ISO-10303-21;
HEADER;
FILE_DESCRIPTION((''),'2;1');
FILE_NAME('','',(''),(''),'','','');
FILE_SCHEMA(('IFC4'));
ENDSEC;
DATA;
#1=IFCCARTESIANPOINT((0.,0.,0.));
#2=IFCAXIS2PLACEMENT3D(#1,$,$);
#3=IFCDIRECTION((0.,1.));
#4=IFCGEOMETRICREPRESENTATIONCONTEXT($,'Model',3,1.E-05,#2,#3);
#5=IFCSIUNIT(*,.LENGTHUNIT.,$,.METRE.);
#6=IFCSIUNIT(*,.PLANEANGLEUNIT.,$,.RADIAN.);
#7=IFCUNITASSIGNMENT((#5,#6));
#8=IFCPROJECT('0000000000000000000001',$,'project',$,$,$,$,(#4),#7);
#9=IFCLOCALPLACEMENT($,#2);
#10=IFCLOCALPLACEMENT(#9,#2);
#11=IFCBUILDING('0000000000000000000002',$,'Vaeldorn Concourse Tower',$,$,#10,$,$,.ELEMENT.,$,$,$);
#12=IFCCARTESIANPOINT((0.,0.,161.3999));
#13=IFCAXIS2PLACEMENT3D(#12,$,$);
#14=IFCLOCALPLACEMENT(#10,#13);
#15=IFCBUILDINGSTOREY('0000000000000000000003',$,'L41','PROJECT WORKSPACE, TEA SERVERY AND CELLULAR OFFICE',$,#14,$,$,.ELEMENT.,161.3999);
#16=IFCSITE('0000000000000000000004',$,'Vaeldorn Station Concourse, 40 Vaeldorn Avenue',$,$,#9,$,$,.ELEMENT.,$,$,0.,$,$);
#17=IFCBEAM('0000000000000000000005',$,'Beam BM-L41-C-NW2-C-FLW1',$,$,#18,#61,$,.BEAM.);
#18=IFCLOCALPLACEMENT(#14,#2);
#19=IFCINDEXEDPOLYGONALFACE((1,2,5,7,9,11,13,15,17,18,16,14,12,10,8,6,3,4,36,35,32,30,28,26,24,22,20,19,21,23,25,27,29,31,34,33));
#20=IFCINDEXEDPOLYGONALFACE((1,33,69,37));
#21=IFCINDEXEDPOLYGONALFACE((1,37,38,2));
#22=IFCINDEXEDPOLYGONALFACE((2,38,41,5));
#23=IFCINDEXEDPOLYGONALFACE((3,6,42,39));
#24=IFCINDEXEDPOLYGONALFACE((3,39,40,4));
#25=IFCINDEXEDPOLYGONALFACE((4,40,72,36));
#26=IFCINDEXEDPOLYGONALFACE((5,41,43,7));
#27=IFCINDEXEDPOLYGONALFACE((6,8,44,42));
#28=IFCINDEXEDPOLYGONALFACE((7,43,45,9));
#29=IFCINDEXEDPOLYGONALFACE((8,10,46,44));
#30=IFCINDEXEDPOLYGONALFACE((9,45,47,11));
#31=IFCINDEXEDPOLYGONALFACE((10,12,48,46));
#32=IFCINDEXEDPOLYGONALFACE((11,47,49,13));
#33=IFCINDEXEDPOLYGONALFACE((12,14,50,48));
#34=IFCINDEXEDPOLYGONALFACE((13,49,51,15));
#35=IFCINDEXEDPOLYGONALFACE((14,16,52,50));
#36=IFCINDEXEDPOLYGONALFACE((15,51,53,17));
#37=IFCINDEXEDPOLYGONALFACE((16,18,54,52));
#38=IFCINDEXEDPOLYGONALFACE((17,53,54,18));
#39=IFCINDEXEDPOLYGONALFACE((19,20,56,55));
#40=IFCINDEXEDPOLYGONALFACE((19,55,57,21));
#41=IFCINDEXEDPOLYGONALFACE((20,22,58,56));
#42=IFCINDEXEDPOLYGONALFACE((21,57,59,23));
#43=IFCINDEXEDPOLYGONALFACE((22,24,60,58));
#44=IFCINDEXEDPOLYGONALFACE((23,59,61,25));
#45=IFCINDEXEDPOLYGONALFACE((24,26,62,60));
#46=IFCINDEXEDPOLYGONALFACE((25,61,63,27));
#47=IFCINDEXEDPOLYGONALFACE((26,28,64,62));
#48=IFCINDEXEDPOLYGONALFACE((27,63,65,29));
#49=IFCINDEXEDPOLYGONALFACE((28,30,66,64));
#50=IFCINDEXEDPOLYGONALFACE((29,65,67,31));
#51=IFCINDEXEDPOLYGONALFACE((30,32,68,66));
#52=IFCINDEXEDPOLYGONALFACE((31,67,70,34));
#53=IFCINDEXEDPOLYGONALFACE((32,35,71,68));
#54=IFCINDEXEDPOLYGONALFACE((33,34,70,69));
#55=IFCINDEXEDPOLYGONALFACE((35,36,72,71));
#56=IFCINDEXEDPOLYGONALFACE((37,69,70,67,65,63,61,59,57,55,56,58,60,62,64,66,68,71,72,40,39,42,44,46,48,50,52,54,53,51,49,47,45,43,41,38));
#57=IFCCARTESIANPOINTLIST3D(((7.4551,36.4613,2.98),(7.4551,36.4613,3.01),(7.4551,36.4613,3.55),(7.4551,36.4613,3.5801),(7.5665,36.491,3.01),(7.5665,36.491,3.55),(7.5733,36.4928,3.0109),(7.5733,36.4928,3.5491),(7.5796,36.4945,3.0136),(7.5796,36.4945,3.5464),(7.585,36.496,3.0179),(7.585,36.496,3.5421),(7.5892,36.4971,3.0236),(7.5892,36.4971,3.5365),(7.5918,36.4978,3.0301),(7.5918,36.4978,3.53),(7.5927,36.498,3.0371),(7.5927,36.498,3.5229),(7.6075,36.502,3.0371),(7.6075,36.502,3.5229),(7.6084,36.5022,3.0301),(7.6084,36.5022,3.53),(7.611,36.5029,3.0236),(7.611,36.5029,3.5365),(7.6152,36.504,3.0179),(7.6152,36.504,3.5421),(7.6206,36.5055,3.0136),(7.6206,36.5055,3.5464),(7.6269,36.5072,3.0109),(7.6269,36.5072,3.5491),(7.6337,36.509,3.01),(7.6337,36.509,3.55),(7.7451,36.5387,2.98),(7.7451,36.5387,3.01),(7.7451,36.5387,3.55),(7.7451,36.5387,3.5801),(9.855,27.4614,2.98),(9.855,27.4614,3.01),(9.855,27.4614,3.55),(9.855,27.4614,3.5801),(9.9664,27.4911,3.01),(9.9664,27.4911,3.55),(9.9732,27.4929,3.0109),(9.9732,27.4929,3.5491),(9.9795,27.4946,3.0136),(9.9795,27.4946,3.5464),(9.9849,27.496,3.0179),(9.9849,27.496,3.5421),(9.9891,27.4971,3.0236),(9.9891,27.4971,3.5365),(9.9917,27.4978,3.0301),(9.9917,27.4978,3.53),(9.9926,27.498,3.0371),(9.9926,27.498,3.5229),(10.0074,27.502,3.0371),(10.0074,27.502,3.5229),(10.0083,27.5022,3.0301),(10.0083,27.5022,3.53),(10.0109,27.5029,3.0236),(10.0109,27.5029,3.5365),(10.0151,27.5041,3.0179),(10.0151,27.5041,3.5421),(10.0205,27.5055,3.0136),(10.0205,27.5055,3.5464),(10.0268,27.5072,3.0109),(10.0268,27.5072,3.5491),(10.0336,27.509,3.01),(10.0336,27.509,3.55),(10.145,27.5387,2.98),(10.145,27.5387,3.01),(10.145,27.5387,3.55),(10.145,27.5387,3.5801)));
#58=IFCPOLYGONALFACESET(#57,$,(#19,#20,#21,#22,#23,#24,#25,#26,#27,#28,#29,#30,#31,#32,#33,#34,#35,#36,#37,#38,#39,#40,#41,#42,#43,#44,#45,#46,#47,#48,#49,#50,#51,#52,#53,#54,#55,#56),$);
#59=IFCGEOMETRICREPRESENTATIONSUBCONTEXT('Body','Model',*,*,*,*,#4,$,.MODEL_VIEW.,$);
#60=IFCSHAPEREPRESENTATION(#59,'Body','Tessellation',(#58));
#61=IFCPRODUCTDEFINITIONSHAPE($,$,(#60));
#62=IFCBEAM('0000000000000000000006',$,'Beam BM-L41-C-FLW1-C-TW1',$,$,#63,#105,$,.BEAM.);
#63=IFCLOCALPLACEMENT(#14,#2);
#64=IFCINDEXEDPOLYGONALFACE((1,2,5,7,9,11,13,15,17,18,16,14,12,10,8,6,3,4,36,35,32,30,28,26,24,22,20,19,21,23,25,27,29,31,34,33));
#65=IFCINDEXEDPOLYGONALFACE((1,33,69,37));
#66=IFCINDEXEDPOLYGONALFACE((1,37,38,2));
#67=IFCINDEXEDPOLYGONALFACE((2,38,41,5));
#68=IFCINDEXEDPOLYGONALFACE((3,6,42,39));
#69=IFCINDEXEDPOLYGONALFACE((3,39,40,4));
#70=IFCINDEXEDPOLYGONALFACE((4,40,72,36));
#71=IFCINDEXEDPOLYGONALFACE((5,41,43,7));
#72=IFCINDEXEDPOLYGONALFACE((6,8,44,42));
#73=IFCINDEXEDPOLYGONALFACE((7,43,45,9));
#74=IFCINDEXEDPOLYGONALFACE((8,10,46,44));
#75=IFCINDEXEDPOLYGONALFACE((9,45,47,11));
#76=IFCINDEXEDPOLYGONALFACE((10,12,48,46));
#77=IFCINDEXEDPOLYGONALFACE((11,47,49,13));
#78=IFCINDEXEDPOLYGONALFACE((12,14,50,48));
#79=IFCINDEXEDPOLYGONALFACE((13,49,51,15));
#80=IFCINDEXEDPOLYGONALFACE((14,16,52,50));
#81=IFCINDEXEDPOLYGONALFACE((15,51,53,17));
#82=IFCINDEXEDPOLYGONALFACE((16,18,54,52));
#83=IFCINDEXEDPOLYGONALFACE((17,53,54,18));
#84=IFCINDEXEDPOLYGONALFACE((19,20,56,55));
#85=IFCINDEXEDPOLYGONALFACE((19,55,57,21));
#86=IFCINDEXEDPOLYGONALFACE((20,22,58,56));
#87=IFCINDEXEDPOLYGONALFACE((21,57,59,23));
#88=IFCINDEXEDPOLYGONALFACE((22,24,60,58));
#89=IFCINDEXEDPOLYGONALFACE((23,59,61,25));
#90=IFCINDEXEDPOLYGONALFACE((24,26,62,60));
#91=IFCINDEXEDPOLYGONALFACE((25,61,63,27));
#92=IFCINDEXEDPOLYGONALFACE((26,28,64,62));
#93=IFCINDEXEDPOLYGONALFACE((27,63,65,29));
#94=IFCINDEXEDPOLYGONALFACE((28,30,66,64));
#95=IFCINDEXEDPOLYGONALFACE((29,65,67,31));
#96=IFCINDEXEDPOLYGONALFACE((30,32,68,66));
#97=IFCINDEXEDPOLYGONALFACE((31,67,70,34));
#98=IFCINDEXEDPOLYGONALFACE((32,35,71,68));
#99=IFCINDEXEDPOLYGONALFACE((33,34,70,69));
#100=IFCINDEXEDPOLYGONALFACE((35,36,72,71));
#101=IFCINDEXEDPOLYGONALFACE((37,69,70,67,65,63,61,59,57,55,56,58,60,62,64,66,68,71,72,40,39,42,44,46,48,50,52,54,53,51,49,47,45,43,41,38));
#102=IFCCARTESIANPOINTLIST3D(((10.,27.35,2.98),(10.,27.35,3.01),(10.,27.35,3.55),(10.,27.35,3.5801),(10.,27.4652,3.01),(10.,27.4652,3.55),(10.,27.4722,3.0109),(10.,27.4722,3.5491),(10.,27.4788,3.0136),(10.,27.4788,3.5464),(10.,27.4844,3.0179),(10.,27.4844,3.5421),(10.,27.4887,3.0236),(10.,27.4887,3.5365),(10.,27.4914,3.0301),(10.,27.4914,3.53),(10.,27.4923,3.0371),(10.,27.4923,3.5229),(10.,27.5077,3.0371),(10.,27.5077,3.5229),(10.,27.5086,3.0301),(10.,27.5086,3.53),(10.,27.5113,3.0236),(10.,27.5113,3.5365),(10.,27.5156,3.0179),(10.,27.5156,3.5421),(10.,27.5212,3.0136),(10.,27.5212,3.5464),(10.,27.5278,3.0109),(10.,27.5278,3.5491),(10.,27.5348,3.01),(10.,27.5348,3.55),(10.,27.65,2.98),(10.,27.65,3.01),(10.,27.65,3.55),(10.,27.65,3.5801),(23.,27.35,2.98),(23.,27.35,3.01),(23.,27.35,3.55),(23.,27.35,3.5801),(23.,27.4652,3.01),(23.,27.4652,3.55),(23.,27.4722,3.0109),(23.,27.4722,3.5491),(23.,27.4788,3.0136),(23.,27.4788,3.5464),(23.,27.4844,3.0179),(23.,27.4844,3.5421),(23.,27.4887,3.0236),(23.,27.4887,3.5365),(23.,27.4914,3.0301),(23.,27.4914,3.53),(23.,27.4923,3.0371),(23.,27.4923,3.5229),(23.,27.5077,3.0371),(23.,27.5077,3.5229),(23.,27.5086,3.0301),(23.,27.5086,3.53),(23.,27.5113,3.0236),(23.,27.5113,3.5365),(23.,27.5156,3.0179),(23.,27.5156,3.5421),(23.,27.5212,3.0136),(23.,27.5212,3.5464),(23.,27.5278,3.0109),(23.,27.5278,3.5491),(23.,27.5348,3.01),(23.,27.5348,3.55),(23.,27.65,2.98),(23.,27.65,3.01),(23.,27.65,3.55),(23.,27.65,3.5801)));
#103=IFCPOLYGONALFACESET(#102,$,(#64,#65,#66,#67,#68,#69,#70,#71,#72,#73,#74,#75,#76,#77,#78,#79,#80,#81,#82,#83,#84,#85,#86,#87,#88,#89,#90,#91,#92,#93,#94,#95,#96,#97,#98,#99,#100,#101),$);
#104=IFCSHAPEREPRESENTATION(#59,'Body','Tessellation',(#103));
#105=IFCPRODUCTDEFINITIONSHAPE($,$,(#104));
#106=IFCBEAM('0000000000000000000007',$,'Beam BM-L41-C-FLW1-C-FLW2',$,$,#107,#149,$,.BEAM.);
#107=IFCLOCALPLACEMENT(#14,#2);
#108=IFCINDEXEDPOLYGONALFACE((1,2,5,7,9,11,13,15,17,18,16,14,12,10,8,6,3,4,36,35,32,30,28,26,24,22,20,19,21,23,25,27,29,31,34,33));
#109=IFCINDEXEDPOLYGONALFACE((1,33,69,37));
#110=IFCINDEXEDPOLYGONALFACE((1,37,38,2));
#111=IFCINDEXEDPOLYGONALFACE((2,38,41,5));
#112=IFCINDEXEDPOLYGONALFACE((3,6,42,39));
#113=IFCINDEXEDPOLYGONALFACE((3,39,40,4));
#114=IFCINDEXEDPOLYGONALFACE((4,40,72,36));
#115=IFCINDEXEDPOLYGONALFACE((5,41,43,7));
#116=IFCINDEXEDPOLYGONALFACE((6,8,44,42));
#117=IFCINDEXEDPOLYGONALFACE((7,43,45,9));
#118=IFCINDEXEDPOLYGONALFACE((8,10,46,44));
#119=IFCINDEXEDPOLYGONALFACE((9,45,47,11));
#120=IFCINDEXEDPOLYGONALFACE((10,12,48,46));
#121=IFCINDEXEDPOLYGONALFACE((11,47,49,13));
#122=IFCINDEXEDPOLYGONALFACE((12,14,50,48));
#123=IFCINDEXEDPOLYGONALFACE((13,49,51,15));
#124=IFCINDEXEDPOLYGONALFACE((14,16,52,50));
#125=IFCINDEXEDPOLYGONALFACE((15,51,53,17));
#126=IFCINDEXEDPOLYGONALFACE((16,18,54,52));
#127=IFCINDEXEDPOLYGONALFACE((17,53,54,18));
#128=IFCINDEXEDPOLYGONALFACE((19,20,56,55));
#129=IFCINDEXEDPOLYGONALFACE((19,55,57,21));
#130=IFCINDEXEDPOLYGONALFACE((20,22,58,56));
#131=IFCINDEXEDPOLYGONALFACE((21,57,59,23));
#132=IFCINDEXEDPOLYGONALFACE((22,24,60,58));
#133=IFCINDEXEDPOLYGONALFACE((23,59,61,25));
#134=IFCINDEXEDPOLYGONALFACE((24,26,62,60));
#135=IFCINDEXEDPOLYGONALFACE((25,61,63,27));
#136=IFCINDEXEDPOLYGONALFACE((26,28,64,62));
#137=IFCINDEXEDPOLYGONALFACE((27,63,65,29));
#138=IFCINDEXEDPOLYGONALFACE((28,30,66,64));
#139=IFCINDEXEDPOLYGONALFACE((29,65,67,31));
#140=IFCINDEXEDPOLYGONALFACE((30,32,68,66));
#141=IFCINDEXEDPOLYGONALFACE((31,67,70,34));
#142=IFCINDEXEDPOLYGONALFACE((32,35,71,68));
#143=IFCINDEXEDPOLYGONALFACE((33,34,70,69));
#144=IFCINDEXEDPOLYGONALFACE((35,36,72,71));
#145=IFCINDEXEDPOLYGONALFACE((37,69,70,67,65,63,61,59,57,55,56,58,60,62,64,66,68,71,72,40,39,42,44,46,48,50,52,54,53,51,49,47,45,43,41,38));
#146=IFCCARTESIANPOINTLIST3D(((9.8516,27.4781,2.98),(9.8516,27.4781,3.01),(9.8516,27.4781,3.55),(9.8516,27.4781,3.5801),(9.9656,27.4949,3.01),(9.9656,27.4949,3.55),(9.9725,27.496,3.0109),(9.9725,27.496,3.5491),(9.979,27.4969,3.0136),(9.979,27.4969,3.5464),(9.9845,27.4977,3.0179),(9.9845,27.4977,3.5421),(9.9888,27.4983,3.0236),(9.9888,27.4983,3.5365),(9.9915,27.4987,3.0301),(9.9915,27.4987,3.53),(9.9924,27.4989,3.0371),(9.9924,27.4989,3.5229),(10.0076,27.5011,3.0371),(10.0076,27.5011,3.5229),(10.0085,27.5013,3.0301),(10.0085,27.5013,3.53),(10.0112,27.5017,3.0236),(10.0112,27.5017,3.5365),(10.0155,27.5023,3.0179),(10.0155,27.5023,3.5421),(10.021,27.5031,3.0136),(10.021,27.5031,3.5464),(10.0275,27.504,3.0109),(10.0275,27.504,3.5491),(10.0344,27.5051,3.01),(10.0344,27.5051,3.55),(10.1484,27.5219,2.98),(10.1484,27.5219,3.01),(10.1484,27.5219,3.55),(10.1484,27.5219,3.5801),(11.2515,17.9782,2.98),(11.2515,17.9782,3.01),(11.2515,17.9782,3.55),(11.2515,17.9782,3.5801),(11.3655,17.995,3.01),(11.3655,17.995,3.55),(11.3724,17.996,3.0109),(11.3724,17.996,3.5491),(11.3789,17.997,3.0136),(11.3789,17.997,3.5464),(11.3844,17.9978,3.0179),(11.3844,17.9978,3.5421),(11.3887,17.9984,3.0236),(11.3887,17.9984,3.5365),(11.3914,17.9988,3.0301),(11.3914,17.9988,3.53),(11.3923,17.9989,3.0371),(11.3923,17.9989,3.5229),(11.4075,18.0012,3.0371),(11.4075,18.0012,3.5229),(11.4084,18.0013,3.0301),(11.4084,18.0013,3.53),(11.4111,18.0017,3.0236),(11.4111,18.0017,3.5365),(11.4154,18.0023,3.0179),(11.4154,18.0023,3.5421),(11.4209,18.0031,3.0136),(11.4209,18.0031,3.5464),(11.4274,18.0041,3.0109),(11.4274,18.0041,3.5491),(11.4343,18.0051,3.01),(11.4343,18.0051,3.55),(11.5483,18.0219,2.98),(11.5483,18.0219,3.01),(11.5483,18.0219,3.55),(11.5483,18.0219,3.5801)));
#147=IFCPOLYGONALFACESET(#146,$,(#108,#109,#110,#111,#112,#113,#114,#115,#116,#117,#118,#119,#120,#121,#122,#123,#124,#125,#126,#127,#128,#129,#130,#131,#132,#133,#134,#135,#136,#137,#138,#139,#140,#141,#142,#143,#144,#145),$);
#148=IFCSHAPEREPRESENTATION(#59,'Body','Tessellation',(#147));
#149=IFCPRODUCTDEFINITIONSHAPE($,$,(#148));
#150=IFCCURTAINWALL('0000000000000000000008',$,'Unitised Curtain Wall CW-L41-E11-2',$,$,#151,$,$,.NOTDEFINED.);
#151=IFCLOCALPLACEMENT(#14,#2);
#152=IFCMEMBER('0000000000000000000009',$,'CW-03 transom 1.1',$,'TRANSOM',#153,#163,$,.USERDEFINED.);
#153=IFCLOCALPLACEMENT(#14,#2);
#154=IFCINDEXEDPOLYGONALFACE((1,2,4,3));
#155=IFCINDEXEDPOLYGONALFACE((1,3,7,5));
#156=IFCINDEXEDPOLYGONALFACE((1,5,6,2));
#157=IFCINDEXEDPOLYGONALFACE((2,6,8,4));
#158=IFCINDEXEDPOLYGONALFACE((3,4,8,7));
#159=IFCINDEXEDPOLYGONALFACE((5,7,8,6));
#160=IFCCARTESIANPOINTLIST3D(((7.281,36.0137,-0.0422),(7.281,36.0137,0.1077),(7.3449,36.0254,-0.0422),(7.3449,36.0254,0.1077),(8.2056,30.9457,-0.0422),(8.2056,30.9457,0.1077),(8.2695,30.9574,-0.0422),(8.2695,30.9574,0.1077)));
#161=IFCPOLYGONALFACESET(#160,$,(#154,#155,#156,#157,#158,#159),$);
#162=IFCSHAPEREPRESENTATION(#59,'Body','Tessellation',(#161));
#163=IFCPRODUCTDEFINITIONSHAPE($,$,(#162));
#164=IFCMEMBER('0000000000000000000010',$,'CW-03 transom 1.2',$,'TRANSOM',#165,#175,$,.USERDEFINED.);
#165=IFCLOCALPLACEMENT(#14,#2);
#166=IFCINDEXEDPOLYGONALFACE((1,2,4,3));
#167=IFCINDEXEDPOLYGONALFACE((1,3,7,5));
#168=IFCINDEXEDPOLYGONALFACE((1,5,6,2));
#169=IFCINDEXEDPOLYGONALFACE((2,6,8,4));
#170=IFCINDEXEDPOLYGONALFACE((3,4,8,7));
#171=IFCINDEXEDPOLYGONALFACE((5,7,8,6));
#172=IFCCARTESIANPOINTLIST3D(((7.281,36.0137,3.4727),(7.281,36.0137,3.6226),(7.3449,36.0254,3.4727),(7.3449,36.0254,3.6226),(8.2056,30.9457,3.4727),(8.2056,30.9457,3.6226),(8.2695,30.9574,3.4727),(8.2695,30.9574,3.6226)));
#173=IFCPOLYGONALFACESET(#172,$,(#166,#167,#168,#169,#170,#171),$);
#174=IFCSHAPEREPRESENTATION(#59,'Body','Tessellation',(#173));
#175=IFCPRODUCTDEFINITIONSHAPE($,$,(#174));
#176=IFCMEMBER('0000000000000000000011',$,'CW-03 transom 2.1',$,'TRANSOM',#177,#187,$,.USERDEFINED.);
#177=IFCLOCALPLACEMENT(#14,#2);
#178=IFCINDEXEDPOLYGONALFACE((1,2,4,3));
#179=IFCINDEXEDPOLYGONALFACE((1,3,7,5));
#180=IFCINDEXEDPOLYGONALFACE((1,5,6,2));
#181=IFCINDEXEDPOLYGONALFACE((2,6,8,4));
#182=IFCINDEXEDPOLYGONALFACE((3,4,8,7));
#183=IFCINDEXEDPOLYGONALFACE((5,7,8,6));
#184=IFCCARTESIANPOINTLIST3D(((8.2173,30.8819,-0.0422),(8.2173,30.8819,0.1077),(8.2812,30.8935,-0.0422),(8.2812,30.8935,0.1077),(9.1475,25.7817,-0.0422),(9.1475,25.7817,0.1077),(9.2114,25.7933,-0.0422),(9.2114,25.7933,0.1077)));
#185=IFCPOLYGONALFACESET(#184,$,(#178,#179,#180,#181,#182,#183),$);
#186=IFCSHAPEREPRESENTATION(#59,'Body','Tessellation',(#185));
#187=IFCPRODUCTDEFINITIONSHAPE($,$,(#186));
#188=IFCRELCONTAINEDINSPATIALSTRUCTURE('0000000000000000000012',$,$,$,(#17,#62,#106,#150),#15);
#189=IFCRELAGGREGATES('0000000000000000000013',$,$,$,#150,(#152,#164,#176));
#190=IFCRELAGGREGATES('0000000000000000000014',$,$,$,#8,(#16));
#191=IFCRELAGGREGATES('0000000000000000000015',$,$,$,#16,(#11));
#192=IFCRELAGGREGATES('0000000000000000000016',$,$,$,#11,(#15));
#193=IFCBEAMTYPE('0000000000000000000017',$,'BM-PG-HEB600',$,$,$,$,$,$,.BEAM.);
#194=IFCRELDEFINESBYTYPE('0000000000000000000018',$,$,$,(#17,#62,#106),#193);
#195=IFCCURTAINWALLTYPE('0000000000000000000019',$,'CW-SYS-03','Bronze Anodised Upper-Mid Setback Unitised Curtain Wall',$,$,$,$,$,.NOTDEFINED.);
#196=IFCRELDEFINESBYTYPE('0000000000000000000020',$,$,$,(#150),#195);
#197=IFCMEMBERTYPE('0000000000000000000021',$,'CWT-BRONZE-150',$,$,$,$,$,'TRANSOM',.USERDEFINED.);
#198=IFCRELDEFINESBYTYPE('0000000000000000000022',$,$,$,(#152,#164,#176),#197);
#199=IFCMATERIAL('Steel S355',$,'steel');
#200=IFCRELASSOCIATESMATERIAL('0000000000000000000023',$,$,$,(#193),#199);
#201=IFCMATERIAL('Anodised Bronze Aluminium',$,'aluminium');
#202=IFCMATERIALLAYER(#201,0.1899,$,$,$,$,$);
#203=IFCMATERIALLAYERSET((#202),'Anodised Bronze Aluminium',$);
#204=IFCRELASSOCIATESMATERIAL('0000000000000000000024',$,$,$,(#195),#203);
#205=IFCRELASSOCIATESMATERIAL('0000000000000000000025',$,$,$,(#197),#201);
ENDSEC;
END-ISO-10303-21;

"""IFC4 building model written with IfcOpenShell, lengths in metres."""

from ifc_helpers import new_model, si_unit, direction, frame, origin, origin_2d, place, context, subcontext, project, spatial, rectangle, i_section, extrude, source, transform, mapped, material, layer, layer_set, material_profile, profile_set, type_object, element, aggregate, save


model = new_model("IFC4")

# Units and contexts
model_context = context("Model", 3, precision=1e-05, world=origin(), true_north=direction((0.0, 1.0)))
body_context = subcontext(model_context, "Body", "Model", "MODEL_VIEW")
ifc_project = project(units=[si_unit("LENGTHUNIT", "METRE"), si_unit("PLANEANGLEUNIT", "RADIAN")], contexts=[model_context])

# Site, building, storey
site_placement = place(None, origin())
site = spatial("IfcSite", under=ifc_project, at=site_placement, Name="Vaeldorn Station Concourse, 40 Vaeldorn Avenue", CompositionType="ELEMENT", RefElevation=0.0)
building_placement = place(site_placement, origin())
building = spatial("IfcBuilding", under=site, at=building_placement, Name="Vaeldorn Concourse Tower", CompositionType="ELEMENT")
storey_placement = place(building_placement, frame((0.0, 0.0, 161.3999)))
storey = spatial("IfcBuildingStorey", under=building, at=storey_placement, Name="L41", Description="PROJECT WORKSPACE, TEA SERVERY AND CELLULAR OFFICE", CompositionType="ELEMENT", Elevation=161.3999)

# Beams
ifc_material_1 = material(Name="Steel S355", Category="steel")
ifc_material_profile_1 = material_profile(ifc_material_1, i_section(OverallWidth=0.3, OverallDepth=0.6001, WebThickness=0.0154, FlangeThickness=0.03, FilletRadius=0.0271, at=origin_2d()), Name="HEB 600")
ifc_profile_set_1 = profile_set([ifc_material_profile_1], Name="Steel S355")
beam_type_1 = type_object("IfcBeamType", Name="BM-PG-HEB600", PredefinedType="BEAM", material=ifc_profile_set_1)
shared_shape_1 = source(origin(), body_context, "Body", "SweptSolid", [
    extrude(i_section(OverallWidth=0.3, OverallDepth=0.6001, WebThickness=0.0154, FlangeThickness=0.03, FilletRadius=0.0271, at=origin_2d()), origin(), (0.0, 0.0, 1.0), 9.3145),
])
beam_1_placement = place(storey_placement, frame((7.6001, 36.5, 3.28), z_axis=(0.257653, -0.966238, 0.0), x_axis=(0.966238, 0.257653, 0.0)))
element("IfcBeam", 1, at=beam_1_placement, inside=storey, type_object=beam_type_1, Name="Beam BM-L41-C-NW2-C-FLW1", PredefinedType="BEAM", context=body_context, shape_type="MappedRepresentation", body=[
    mapped(shared_shape_1, transform((0.0, 0.0, 0.0), scale=1.0)),
])
shared_shape_2 = source(origin(), body_context, "Body", "SweptSolid", [
    extrude(i_section(OverallWidth=0.3, OverallDepth=0.6001, WebThickness=0.0154, FlangeThickness=0.03, FilletRadius=0.0271, at=origin_2d()), origin(), (0.0, 0.0, 1.0), 13.0),
])
beam_2_placement = place(storey_placement, frame((10.0, 27.5, 3.28), z_axis=(1.0, 0.0, 0.0), x_axis=(0.0, 1.0, 0.0)))
element("IfcBeam", 2, at=beam_2_placement, inside=storey, type_object=beam_type_1, Name="Beam BM-L41-C-FLW1-C-TW1", PredefinedType="BEAM", context=body_context, shape_type="MappedRepresentation", body=[
    mapped(shared_shape_2, transform((0.0, 0.0, 0.0), scale=1.0)),
])
shared_shape_3 = source(origin(), body_context, "Body", "SweptSolid", [
    extrude(i_section(OverallWidth=0.3, OverallDepth=0.6001, WebThickness=0.0154, FlangeThickness=0.03, FilletRadius=0.0271, at=origin_2d()), origin(), (0.0, 0.0, 1.0), 9.6025),
])
beam_3_placement = place(storey_placement, frame((10.0, 27.5, 3.28), z_axis=(0.145784, -0.989316, 0.0), x_axis=(0.989316, 0.145784, 0.0)))
element("IfcBeam", 3, at=beam_3_placement, inside=storey, type_object=beam_type_1, Name="Beam BM-L41-C-FLW1-C-FLW2", PredefinedType="BEAM", context=body_context, shape_type="MappedRepresentation", body=[
    mapped(shared_shape_3, transform((0.0, 0.0, 0.0), scale=1.0)),
])

# Curtain wall, members
ifc_material_2 = material(Name="Anodised Bronze Aluminium", Category="aluminium")
ifc_layer_1 = layer(ifc_material_2, 0.1899)
ifc_layer_set_1 = layer_set([ifc_layer_1], Name="Anodised Bronze Aluminium")
curtain_wall_type = type_object("IfcCurtainWallType", Name="CW-SYS-03", Description="Bronze Anodised Upper-Mid Setback Unitised Curtain Wall", PredefinedType="NOTDEFINED", material=ifc_layer_set_1)
curtain_wall_1_placement = place(storey_placement, origin())
curtain_wall_1 = element("IfcCurtainWall", 4, at=curtain_wall_1_placement, inside=storey, type_object=curtain_wall_type, Name="Unitised Curtain Wall CW-L41-E11-2", PredefinedType="NOTDEFINED")
ifc_material_profile_2 = material_profile(ifc_material_2, rectangle(XDim=0.0649, YDim=0.1499, at=origin_2d()), Name="CWT 65x150")
ifc_profile_set_2 = profile_set([ifc_material_profile_2], Name="Anodised Bronze Aluminium")
member_type_1 = type_object("IfcMemberType", Name="CWT-BRONZE-150", ElementType="TRANSOM", PredefinedType="USERDEFINED", material=ifc_profile_set_2)
shared_shape_4 = source(origin(), body_context, "Body", "SweptSolid", [
    extrude(rectangle(XDim=0.0649, YDim=0.1499, at=origin_2d()), origin(), (0.0, 0.0, 1.0), 5.1516),
])
member_1_placement = place(storey_placement, frame((7.313, 36.0195, 0.0327), z_axis=(0.179473, -0.983763, 0.0), x_axis=(0.983763, 0.179473, 0.0)))
member_1 = element("IfcMember", 5, at=member_1_placement, type_object=member_type_1, Name="CW-03 transom 1.1", ObjectType="TRANSOM", PredefinedType="USERDEFINED", context=body_context, shape_type="MappedRepresentation", body=[
    mapped(shared_shape_4, transform((0.0, 0.0, 0.0), scale=1.0)),
])
member_2_placement = place(storey_placement, frame((7.313, 36.0195, 3.5476), z_axis=(0.179473, -0.983763, 0.0), x_axis=(0.983763, 0.179473, 0.0)))
member_2 = element("IfcMember", 6, at=member_2_placement, type_object=member_type_1, Name="CW-03 transom 1.2", ObjectType="TRANSOM", PredefinedType="USERDEFINED", context=body_context, shape_type="MappedRepresentation", body=[
    mapped(shared_shape_4, transform((0.0, 0.0, 0.0), scale=1.0)),
])
shared_shape_5 = source(origin(), body_context, "Body", "SweptSolid", [
    extrude(rectangle(XDim=0.0649, YDim=0.1499, at=origin_2d()), origin(), (0.0, 0.0, 1.0), 5.1843),
])
member_3_placement = place(storey_placement, frame((8.2493, 30.8877, 0.0327), z_axis=(0.179424, -0.983772, 0.0), x_axis=(0.983772, 0.179424, 0.0)))
member_3 = element("IfcMember", 7, at=member_3_placement, type_object=member_type_1, Name="CW-03 transom 2.1", ObjectType="TRANSOM", PredefinedType="USERDEFINED", context=body_context, shape_type="MappedRepresentation", body=[
    mapped(shared_shape_5, transform((0.0, 0.0, 0.0), scale=1.0)),
])

aggregate(curtain_wall_1, [member_1, member_2, member_3])

save(model, "model.ifc")
